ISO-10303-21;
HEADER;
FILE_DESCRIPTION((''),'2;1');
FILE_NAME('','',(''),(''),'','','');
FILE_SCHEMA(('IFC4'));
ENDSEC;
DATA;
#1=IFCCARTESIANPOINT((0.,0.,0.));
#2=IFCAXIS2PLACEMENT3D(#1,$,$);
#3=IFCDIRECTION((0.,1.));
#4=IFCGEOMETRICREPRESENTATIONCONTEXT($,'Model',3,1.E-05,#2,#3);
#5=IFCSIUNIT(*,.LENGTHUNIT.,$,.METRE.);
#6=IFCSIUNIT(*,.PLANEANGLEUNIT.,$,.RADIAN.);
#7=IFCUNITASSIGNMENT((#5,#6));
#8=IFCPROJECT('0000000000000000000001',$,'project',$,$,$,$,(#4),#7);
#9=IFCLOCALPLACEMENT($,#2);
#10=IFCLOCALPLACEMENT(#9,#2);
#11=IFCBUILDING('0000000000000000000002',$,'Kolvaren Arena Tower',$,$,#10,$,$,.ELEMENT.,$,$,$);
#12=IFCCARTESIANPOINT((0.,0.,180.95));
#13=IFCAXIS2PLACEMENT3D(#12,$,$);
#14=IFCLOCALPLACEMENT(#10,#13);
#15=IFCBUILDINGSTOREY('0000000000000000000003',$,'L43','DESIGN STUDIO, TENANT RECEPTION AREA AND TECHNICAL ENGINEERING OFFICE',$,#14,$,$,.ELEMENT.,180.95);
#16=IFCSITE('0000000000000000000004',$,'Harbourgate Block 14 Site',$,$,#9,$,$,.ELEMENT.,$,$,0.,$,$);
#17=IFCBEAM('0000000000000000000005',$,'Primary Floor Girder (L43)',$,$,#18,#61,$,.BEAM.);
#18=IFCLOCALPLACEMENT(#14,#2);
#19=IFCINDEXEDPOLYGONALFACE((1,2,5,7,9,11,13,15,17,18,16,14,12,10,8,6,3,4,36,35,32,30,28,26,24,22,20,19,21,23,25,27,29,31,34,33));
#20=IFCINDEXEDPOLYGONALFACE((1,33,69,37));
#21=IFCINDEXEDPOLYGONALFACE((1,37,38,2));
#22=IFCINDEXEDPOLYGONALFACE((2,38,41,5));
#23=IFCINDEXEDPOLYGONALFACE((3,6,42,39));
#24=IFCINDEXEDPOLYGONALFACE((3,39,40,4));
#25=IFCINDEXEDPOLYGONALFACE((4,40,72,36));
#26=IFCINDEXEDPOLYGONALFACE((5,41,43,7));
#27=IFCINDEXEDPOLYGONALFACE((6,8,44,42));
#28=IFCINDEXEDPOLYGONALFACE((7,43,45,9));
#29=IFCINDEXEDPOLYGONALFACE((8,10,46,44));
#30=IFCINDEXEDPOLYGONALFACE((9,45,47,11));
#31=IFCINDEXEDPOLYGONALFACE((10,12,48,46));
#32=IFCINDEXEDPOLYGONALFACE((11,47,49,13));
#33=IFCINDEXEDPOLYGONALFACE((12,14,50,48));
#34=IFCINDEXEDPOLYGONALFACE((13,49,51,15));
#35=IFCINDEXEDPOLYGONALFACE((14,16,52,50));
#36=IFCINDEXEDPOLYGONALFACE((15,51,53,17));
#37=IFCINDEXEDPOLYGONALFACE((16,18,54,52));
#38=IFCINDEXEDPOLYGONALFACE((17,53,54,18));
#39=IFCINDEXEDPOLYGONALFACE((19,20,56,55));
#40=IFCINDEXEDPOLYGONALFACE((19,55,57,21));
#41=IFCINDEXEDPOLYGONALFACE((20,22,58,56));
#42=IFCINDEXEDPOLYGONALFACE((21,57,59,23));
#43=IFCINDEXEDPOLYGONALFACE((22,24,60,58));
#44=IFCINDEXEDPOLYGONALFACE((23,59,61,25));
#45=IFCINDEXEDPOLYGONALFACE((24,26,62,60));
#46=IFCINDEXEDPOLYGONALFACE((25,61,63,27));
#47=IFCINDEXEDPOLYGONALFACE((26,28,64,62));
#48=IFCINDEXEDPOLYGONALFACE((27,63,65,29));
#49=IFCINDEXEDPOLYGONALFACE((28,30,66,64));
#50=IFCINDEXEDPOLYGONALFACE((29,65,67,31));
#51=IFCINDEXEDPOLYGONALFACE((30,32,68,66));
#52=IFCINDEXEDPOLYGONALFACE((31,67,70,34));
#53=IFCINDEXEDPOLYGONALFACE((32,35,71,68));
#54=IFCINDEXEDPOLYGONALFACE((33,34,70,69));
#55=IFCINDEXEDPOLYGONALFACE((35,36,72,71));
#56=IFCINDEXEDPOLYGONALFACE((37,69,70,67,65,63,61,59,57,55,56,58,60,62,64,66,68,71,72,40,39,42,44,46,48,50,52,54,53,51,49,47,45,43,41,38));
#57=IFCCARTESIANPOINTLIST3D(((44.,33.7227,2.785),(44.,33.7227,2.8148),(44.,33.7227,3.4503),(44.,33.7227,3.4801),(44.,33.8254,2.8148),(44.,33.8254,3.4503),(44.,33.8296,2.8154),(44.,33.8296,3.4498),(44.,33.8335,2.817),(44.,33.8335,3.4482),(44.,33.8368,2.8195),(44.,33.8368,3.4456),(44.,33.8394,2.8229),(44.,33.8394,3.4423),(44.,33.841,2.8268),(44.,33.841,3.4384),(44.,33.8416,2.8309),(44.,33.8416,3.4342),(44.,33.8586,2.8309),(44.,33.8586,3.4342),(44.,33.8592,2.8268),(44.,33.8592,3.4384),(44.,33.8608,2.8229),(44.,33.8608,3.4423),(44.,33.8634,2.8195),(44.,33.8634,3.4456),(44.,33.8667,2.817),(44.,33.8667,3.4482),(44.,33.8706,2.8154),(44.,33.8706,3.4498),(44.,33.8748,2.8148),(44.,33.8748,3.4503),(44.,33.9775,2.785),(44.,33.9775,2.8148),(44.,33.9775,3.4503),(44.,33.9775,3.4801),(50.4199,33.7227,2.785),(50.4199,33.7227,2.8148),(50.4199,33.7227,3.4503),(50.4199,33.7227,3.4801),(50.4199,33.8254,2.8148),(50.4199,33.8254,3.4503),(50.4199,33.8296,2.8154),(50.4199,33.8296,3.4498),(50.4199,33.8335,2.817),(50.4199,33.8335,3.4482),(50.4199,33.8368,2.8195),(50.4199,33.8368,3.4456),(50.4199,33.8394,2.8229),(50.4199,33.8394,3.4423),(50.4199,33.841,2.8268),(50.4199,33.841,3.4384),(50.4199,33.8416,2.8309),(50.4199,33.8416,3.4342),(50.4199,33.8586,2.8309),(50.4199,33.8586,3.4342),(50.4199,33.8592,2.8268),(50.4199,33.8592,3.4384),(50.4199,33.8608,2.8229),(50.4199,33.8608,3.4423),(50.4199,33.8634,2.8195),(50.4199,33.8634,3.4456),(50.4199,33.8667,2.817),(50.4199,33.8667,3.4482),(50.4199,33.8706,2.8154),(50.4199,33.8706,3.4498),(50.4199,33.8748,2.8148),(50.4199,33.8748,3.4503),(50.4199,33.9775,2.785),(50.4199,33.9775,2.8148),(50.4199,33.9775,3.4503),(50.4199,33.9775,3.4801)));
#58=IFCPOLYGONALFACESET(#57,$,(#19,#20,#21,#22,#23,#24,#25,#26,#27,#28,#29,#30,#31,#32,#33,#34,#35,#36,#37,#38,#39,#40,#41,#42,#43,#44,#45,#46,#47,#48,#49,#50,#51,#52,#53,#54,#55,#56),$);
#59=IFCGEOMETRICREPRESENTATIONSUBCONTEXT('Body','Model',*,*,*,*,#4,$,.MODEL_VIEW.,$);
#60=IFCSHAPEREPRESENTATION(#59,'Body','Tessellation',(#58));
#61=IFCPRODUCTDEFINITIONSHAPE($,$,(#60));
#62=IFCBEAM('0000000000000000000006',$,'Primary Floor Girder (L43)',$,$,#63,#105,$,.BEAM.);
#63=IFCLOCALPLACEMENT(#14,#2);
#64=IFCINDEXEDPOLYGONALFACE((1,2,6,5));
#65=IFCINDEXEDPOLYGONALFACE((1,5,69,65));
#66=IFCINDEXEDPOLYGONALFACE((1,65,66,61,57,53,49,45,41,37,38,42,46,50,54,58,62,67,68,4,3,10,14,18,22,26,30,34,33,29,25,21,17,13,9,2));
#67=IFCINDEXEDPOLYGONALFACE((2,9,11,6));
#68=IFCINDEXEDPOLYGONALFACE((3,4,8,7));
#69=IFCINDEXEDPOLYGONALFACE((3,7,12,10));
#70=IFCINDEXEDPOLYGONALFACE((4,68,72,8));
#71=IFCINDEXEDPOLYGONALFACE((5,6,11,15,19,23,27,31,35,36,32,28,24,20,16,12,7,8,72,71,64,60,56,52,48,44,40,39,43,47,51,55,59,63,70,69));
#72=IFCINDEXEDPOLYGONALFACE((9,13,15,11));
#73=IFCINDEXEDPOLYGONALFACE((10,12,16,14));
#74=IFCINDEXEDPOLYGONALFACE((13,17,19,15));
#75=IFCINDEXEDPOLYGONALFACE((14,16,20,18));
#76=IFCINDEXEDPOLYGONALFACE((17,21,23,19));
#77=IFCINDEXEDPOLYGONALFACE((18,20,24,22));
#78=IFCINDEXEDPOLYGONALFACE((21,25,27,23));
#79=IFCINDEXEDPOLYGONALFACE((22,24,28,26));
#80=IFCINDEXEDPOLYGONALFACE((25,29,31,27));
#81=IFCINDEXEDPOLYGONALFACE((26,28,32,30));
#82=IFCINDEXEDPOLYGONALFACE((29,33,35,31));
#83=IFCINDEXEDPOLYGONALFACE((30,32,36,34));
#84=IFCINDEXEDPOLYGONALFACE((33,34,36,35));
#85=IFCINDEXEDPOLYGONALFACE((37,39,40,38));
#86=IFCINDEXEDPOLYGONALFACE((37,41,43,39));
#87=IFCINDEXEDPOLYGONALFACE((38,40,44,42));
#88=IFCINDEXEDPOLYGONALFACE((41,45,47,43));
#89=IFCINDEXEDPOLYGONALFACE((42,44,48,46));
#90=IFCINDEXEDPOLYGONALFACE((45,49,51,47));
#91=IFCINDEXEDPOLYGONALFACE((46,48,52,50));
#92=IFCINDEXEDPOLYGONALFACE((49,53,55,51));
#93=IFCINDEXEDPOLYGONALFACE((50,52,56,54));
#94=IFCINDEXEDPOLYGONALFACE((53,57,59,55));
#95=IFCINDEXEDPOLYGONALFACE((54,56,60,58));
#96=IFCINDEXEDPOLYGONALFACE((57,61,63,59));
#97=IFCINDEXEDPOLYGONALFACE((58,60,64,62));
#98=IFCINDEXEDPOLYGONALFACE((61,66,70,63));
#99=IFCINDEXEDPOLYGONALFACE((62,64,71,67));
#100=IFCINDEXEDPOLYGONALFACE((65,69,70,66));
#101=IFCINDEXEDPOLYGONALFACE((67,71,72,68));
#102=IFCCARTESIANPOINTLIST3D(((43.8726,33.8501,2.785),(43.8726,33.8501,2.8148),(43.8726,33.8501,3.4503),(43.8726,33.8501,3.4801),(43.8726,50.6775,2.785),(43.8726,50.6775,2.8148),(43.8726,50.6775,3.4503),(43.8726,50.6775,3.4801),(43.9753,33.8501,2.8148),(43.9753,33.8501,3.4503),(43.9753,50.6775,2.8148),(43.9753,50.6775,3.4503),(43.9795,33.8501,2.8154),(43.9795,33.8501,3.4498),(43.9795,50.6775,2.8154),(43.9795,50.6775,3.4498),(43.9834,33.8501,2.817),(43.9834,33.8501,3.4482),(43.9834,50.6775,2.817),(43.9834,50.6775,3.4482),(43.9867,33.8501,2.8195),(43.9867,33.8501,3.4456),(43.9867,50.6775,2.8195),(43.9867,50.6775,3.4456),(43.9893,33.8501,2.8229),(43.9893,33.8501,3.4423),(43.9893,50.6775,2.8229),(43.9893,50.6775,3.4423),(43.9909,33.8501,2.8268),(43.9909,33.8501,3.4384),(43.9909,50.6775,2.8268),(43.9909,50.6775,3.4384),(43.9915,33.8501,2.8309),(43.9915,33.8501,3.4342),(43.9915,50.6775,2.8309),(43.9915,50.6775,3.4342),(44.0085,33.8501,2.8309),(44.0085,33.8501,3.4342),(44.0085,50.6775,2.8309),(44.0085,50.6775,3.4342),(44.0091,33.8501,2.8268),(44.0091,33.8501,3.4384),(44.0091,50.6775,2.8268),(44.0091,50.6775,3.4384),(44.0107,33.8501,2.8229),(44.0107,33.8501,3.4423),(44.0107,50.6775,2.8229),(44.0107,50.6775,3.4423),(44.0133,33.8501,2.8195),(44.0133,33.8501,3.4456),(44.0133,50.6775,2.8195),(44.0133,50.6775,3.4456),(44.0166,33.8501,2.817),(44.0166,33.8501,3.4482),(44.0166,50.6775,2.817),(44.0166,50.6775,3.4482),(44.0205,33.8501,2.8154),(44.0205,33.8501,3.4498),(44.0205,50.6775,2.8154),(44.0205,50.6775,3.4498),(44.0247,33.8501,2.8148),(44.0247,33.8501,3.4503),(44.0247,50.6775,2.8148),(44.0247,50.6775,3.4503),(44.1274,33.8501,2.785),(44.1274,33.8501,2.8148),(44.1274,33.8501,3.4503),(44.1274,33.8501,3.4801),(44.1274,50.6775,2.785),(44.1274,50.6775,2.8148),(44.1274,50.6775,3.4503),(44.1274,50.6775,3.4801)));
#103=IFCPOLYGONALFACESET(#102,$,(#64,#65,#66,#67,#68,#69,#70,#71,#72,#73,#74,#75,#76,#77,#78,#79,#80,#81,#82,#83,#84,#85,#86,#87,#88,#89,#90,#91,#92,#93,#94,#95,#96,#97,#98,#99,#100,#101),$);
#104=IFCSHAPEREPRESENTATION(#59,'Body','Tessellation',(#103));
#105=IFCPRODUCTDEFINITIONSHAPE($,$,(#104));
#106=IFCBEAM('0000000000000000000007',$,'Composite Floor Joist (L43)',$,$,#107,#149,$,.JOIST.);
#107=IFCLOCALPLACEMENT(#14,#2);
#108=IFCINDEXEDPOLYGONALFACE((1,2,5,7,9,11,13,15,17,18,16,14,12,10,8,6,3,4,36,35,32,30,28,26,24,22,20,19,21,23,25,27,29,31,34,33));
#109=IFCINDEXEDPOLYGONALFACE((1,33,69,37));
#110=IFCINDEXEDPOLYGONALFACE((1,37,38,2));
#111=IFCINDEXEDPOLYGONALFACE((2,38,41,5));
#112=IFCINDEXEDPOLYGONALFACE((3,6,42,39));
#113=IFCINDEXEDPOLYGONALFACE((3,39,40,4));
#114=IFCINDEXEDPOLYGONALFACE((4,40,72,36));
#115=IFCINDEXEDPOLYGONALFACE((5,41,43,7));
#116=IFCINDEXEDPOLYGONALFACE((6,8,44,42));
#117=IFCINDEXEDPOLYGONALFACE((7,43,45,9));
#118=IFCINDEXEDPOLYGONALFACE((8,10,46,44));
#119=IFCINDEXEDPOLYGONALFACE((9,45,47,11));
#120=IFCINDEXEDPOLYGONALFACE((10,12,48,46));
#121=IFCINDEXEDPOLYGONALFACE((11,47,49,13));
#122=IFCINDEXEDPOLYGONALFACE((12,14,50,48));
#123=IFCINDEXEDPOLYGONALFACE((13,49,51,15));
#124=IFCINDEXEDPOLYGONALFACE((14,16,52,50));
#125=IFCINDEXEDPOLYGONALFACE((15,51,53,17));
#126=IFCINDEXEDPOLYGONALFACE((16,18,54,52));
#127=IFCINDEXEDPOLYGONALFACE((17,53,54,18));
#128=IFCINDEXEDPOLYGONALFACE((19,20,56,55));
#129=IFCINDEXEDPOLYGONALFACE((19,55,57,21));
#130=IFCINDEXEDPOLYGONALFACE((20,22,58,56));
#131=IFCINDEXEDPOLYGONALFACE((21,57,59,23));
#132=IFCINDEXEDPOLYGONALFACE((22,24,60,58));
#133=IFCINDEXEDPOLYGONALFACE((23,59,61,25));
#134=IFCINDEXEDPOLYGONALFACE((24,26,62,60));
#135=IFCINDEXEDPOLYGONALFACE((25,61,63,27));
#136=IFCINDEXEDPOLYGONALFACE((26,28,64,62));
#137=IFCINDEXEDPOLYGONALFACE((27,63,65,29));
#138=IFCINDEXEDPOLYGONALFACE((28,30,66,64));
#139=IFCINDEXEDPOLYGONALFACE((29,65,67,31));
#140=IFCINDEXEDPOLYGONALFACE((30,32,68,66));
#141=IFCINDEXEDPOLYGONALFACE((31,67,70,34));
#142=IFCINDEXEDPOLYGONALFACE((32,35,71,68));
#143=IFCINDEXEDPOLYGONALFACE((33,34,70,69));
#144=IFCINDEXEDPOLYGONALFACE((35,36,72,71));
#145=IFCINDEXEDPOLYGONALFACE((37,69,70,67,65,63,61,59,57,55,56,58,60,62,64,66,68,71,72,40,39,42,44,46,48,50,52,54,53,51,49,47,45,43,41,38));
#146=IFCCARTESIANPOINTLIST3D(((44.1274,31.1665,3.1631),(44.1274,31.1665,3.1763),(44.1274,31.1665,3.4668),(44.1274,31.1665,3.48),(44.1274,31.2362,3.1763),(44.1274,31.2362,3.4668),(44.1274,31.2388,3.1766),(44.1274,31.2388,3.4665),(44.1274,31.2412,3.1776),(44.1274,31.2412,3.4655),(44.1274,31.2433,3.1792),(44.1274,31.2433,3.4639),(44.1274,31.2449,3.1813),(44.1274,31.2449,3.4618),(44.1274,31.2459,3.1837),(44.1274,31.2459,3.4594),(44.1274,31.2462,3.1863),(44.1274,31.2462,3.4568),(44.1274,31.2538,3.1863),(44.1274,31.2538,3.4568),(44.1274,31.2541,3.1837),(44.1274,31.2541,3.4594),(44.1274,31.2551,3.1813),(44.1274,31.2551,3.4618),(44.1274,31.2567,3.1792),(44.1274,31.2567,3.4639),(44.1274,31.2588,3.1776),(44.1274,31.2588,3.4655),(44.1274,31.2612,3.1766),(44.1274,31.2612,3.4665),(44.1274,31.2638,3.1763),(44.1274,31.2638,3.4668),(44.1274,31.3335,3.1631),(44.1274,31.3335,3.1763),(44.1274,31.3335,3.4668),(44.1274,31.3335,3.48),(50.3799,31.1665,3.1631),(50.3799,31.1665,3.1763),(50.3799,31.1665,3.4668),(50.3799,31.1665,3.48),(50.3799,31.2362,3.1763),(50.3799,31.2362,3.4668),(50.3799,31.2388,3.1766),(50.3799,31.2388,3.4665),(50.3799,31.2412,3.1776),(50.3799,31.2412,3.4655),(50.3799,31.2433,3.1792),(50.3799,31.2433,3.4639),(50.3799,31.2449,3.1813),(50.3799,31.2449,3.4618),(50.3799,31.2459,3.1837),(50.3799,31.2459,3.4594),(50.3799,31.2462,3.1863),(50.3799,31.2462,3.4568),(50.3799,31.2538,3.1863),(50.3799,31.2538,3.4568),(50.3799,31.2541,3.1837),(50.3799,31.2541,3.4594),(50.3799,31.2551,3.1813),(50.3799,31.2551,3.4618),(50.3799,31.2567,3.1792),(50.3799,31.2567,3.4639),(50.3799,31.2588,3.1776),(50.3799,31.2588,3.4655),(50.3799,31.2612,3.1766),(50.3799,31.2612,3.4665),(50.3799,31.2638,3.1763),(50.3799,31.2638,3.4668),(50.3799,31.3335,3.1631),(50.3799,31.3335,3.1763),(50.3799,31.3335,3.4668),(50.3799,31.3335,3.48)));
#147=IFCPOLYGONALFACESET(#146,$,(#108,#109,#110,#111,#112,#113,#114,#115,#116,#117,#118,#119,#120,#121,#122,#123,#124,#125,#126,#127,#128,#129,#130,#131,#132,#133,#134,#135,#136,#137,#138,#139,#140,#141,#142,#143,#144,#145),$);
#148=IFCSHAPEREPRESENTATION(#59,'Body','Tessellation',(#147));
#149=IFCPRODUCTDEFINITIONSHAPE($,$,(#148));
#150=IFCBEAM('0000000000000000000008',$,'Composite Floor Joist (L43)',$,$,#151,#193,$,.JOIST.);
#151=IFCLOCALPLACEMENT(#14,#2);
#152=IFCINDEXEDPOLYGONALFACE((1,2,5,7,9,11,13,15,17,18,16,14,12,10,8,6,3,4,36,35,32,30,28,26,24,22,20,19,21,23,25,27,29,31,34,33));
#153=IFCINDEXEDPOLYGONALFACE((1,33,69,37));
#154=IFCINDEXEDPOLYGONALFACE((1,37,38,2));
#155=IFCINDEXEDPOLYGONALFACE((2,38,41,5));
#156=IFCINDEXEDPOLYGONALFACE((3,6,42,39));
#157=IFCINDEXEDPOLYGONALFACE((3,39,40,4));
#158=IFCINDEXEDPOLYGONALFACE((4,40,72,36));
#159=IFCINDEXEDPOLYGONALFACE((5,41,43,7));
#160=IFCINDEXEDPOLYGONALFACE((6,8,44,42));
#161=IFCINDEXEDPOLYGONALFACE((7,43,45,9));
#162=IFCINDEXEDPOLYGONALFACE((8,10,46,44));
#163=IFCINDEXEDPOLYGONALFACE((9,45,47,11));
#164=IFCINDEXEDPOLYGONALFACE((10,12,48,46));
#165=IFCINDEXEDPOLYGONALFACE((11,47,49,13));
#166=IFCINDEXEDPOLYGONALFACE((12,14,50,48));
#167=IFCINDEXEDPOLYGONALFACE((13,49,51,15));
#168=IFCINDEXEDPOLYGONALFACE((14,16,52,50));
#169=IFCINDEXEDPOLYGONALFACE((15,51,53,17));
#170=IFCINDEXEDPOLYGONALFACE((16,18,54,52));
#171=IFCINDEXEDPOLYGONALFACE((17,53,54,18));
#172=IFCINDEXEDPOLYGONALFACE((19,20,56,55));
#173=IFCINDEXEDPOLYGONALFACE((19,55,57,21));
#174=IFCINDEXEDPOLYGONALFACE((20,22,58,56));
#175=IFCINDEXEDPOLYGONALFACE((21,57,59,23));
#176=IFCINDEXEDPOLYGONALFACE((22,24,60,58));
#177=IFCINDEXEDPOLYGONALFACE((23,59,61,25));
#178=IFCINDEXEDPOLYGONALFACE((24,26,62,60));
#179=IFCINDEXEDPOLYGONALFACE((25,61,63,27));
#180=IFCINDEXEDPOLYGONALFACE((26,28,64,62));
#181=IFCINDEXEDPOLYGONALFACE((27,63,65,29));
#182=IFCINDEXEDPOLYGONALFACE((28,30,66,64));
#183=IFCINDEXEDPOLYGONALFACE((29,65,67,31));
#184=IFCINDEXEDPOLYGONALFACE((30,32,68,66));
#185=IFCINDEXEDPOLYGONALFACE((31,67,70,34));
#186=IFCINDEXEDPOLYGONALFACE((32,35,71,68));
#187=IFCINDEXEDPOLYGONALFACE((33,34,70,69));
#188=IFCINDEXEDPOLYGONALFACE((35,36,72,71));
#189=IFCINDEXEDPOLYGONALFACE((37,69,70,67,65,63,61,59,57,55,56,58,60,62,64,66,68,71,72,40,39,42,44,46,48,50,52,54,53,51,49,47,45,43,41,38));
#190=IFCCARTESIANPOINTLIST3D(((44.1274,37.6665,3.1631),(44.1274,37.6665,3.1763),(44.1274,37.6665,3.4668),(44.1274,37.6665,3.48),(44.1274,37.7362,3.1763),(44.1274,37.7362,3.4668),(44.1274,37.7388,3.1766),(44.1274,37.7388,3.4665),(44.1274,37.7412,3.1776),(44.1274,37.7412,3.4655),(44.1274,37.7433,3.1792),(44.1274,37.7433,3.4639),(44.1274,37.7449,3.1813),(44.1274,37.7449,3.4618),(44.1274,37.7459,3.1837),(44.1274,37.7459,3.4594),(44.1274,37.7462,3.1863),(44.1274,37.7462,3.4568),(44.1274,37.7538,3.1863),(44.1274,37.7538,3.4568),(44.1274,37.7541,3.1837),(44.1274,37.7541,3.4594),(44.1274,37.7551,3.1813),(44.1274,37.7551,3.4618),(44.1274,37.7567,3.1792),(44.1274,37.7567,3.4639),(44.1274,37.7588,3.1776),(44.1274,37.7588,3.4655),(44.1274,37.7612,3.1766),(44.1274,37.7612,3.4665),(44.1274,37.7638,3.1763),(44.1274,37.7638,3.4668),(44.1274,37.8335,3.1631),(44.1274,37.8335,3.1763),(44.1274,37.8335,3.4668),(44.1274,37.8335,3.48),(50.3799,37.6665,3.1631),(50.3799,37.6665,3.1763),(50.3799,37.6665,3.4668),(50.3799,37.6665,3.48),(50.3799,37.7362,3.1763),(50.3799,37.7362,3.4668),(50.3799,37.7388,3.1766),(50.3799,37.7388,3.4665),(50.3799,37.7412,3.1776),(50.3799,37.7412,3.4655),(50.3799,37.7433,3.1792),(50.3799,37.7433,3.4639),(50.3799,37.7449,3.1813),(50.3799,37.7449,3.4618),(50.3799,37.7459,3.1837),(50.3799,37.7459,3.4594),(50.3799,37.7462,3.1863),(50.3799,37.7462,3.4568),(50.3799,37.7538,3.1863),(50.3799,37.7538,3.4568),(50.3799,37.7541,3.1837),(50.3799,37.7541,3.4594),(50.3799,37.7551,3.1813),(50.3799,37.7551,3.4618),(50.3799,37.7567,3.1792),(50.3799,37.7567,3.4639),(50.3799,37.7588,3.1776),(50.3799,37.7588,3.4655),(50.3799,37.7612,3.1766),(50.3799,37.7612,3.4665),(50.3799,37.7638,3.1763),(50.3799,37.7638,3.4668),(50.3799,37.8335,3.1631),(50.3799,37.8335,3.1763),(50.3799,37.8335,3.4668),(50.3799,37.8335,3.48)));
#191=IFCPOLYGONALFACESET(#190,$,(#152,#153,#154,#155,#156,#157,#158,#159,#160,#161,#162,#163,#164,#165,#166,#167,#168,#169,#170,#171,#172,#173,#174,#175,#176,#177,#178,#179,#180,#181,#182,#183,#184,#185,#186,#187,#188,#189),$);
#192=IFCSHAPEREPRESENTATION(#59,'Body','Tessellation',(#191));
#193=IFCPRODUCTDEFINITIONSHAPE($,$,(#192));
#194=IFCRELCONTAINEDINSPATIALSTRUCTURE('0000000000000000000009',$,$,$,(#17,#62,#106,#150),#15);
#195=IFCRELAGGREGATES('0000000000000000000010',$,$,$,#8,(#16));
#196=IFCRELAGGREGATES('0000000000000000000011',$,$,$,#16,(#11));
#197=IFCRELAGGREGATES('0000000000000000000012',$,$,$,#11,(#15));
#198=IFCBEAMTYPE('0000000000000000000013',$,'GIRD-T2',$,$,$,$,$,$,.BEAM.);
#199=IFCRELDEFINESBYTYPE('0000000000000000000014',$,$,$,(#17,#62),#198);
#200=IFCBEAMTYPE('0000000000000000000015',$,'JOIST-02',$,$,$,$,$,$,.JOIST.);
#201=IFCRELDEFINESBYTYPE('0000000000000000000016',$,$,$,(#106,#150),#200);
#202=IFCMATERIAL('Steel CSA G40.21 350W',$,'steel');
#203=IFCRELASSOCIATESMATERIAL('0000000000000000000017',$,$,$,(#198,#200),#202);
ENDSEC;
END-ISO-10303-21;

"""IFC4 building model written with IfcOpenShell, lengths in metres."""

from ifc_helpers import new_model, si_unit, direction, frame, origin, origin_2d, place, context, subcontext, project, spatial, i_section, extrude, material, material_profile, profile_set, type_object, element, save


model = new_model("IFC4")

# Units and contexts
model_context = context("Model", 3, precision=1e-05, world=origin(), true_north=direction((0.0, 1.0)))
body_context = subcontext(model_context, "Body", "Model", "MODEL_VIEW")
ifc_project = project(units=[si_unit("LENGTHUNIT", "METRE"), si_unit("PLANEANGLEUNIT", "RADIAN")], contexts=[model_context])

# Site, building, storey
site_placement = place(None, origin())
site = spatial("IfcSite", under=ifc_project, at=site_placement, Name="Harbourgate Block 14 Site", CompositionType="ELEMENT", RefElevation=0.0)
building_placement = place(site_placement, origin())
building = spatial("IfcBuilding", under=site, at=building_placement, Name="Kolvaren Arena Tower", CompositionType="ELEMENT")
storey_placement = place(building_placement, frame((0.0, 0.0, 180.95)))
storey = spatial("IfcBuildingStorey", under=building, at=storey_placement, Name="L43", Description="DESIGN STUDIO, TENANT RECEPTION AREA AND TECHNICAL ENGINEERING OFFICE", CompositionType="ELEMENT", Elevation=180.95)

# Beams
ifc_material_1 = material(Name="Steel CSA G40.21 350W", Category="steel")
ifc_material_profile_1 = material_profile(ifc_material_1, i_section(OverallWidth=0.2549, OverallDepth=0.6951, WebThickness=0.0171, FlangeThickness=0.0298, FilletRadius=0.0161, at=origin_2d()), Name="W690x217")
ifc_profile_set_1 = profile_set([ifc_material_profile_1], Name="Steel CSA G40.21 350W")
beam_type_1 = type_object("IfcBeamType", Name="GIRD-T2", PredefinedType="BEAM", material=ifc_profile_set_1)
beam_1_placement = place(storey_placement, frame((44.0, 33.8501, 3.1326), z_axis=(1.0, 0.0, 0.0), x_axis=(0.0, 1.0, 0.0)))
element("IfcBeam", 1, at=beam_1_placement, inside=storey, type_object=beam_type_1, Name="Primary Floor Girder (L43)", PredefinedType="BEAM", context=body_context, shape_type="SweptSolid", body=[
    extrude(i_section(OverallWidth=0.2549, OverallDepth=0.6951, WebThickness=0.0171, FlangeThickness=0.0298, FilletRadius=0.0161, at=origin_2d()), origin(), (0.0, 0.0, 1.0), 6.4199),
])
beam_2_placement = place(storey_placement, frame((44.0, 33.8501, 3.1326), z_axis=(0.0, 1.0, 0.0), x_axis=(-1.0, 0.0, 0.0)))
element("IfcBeam", 2, at=beam_2_placement, inside=storey, type_object=beam_type_1, Name="Primary Floor Girder (L43)", PredefinedType="BEAM", context=body_context, shape_type="SweptSolid", body=[
    extrude(i_section(OverallWidth=0.2549, OverallDepth=0.6951, WebThickness=0.0171, FlangeThickness=0.0298, FilletRadius=0.0161, at=origin_2d()), origin(), (0.0, 0.0, 1.0), 16.8274),
])
ifc_material_profile_2 = material_profile(ifc_material_1, i_section(OverallWidth=0.167, OverallDepth=0.3169, WebThickness=0.0076, FlangeThickness=0.0132, FilletRadius=0.01, at=origin_2d()), Name="W310x52")
ifc_profile_set_2 = profile_set([ifc_material_profile_2], Name="Steel CSA G40.21 350W")
beam_type_2 = type_object("IfcBeamType", Name="JOIST-02", PredefinedType="JOIST", material=ifc_profile_set_2)
for number, where, z_axis, x_axis, name in (
    (3, (44.1274, 31.25, 3.3215), (1.0, 0.0, 0.0), (0.0, 1.0, 0.0), "Composite Floor Joist (L43)"),
    (4, (44.1274, 37.75, 3.3215), (1.0, 0.0, 0.0), (0.0, 1.0, 0.0), "Composite Floor Joist (L43)"),
):
    element("IfcBeam", number, at=place(storey_placement, frame(where, z_axis=z_axis, x_axis=x_axis)), inside=storey, type_object=beam_type_2, Name=name, PredefinedType="JOIST", context=body_context, shape_type="SweptSolid", body=[
        extrude(i_section(OverallWidth=0.167, OverallDepth=0.3169, WebThickness=0.0076, FlangeThickness=0.0132, FilletRadius=0.01, at=origin_2d()), origin(), (0.0, 0.0, 1.0), 6.2524),
    ])

save(model, "model.ifc")
